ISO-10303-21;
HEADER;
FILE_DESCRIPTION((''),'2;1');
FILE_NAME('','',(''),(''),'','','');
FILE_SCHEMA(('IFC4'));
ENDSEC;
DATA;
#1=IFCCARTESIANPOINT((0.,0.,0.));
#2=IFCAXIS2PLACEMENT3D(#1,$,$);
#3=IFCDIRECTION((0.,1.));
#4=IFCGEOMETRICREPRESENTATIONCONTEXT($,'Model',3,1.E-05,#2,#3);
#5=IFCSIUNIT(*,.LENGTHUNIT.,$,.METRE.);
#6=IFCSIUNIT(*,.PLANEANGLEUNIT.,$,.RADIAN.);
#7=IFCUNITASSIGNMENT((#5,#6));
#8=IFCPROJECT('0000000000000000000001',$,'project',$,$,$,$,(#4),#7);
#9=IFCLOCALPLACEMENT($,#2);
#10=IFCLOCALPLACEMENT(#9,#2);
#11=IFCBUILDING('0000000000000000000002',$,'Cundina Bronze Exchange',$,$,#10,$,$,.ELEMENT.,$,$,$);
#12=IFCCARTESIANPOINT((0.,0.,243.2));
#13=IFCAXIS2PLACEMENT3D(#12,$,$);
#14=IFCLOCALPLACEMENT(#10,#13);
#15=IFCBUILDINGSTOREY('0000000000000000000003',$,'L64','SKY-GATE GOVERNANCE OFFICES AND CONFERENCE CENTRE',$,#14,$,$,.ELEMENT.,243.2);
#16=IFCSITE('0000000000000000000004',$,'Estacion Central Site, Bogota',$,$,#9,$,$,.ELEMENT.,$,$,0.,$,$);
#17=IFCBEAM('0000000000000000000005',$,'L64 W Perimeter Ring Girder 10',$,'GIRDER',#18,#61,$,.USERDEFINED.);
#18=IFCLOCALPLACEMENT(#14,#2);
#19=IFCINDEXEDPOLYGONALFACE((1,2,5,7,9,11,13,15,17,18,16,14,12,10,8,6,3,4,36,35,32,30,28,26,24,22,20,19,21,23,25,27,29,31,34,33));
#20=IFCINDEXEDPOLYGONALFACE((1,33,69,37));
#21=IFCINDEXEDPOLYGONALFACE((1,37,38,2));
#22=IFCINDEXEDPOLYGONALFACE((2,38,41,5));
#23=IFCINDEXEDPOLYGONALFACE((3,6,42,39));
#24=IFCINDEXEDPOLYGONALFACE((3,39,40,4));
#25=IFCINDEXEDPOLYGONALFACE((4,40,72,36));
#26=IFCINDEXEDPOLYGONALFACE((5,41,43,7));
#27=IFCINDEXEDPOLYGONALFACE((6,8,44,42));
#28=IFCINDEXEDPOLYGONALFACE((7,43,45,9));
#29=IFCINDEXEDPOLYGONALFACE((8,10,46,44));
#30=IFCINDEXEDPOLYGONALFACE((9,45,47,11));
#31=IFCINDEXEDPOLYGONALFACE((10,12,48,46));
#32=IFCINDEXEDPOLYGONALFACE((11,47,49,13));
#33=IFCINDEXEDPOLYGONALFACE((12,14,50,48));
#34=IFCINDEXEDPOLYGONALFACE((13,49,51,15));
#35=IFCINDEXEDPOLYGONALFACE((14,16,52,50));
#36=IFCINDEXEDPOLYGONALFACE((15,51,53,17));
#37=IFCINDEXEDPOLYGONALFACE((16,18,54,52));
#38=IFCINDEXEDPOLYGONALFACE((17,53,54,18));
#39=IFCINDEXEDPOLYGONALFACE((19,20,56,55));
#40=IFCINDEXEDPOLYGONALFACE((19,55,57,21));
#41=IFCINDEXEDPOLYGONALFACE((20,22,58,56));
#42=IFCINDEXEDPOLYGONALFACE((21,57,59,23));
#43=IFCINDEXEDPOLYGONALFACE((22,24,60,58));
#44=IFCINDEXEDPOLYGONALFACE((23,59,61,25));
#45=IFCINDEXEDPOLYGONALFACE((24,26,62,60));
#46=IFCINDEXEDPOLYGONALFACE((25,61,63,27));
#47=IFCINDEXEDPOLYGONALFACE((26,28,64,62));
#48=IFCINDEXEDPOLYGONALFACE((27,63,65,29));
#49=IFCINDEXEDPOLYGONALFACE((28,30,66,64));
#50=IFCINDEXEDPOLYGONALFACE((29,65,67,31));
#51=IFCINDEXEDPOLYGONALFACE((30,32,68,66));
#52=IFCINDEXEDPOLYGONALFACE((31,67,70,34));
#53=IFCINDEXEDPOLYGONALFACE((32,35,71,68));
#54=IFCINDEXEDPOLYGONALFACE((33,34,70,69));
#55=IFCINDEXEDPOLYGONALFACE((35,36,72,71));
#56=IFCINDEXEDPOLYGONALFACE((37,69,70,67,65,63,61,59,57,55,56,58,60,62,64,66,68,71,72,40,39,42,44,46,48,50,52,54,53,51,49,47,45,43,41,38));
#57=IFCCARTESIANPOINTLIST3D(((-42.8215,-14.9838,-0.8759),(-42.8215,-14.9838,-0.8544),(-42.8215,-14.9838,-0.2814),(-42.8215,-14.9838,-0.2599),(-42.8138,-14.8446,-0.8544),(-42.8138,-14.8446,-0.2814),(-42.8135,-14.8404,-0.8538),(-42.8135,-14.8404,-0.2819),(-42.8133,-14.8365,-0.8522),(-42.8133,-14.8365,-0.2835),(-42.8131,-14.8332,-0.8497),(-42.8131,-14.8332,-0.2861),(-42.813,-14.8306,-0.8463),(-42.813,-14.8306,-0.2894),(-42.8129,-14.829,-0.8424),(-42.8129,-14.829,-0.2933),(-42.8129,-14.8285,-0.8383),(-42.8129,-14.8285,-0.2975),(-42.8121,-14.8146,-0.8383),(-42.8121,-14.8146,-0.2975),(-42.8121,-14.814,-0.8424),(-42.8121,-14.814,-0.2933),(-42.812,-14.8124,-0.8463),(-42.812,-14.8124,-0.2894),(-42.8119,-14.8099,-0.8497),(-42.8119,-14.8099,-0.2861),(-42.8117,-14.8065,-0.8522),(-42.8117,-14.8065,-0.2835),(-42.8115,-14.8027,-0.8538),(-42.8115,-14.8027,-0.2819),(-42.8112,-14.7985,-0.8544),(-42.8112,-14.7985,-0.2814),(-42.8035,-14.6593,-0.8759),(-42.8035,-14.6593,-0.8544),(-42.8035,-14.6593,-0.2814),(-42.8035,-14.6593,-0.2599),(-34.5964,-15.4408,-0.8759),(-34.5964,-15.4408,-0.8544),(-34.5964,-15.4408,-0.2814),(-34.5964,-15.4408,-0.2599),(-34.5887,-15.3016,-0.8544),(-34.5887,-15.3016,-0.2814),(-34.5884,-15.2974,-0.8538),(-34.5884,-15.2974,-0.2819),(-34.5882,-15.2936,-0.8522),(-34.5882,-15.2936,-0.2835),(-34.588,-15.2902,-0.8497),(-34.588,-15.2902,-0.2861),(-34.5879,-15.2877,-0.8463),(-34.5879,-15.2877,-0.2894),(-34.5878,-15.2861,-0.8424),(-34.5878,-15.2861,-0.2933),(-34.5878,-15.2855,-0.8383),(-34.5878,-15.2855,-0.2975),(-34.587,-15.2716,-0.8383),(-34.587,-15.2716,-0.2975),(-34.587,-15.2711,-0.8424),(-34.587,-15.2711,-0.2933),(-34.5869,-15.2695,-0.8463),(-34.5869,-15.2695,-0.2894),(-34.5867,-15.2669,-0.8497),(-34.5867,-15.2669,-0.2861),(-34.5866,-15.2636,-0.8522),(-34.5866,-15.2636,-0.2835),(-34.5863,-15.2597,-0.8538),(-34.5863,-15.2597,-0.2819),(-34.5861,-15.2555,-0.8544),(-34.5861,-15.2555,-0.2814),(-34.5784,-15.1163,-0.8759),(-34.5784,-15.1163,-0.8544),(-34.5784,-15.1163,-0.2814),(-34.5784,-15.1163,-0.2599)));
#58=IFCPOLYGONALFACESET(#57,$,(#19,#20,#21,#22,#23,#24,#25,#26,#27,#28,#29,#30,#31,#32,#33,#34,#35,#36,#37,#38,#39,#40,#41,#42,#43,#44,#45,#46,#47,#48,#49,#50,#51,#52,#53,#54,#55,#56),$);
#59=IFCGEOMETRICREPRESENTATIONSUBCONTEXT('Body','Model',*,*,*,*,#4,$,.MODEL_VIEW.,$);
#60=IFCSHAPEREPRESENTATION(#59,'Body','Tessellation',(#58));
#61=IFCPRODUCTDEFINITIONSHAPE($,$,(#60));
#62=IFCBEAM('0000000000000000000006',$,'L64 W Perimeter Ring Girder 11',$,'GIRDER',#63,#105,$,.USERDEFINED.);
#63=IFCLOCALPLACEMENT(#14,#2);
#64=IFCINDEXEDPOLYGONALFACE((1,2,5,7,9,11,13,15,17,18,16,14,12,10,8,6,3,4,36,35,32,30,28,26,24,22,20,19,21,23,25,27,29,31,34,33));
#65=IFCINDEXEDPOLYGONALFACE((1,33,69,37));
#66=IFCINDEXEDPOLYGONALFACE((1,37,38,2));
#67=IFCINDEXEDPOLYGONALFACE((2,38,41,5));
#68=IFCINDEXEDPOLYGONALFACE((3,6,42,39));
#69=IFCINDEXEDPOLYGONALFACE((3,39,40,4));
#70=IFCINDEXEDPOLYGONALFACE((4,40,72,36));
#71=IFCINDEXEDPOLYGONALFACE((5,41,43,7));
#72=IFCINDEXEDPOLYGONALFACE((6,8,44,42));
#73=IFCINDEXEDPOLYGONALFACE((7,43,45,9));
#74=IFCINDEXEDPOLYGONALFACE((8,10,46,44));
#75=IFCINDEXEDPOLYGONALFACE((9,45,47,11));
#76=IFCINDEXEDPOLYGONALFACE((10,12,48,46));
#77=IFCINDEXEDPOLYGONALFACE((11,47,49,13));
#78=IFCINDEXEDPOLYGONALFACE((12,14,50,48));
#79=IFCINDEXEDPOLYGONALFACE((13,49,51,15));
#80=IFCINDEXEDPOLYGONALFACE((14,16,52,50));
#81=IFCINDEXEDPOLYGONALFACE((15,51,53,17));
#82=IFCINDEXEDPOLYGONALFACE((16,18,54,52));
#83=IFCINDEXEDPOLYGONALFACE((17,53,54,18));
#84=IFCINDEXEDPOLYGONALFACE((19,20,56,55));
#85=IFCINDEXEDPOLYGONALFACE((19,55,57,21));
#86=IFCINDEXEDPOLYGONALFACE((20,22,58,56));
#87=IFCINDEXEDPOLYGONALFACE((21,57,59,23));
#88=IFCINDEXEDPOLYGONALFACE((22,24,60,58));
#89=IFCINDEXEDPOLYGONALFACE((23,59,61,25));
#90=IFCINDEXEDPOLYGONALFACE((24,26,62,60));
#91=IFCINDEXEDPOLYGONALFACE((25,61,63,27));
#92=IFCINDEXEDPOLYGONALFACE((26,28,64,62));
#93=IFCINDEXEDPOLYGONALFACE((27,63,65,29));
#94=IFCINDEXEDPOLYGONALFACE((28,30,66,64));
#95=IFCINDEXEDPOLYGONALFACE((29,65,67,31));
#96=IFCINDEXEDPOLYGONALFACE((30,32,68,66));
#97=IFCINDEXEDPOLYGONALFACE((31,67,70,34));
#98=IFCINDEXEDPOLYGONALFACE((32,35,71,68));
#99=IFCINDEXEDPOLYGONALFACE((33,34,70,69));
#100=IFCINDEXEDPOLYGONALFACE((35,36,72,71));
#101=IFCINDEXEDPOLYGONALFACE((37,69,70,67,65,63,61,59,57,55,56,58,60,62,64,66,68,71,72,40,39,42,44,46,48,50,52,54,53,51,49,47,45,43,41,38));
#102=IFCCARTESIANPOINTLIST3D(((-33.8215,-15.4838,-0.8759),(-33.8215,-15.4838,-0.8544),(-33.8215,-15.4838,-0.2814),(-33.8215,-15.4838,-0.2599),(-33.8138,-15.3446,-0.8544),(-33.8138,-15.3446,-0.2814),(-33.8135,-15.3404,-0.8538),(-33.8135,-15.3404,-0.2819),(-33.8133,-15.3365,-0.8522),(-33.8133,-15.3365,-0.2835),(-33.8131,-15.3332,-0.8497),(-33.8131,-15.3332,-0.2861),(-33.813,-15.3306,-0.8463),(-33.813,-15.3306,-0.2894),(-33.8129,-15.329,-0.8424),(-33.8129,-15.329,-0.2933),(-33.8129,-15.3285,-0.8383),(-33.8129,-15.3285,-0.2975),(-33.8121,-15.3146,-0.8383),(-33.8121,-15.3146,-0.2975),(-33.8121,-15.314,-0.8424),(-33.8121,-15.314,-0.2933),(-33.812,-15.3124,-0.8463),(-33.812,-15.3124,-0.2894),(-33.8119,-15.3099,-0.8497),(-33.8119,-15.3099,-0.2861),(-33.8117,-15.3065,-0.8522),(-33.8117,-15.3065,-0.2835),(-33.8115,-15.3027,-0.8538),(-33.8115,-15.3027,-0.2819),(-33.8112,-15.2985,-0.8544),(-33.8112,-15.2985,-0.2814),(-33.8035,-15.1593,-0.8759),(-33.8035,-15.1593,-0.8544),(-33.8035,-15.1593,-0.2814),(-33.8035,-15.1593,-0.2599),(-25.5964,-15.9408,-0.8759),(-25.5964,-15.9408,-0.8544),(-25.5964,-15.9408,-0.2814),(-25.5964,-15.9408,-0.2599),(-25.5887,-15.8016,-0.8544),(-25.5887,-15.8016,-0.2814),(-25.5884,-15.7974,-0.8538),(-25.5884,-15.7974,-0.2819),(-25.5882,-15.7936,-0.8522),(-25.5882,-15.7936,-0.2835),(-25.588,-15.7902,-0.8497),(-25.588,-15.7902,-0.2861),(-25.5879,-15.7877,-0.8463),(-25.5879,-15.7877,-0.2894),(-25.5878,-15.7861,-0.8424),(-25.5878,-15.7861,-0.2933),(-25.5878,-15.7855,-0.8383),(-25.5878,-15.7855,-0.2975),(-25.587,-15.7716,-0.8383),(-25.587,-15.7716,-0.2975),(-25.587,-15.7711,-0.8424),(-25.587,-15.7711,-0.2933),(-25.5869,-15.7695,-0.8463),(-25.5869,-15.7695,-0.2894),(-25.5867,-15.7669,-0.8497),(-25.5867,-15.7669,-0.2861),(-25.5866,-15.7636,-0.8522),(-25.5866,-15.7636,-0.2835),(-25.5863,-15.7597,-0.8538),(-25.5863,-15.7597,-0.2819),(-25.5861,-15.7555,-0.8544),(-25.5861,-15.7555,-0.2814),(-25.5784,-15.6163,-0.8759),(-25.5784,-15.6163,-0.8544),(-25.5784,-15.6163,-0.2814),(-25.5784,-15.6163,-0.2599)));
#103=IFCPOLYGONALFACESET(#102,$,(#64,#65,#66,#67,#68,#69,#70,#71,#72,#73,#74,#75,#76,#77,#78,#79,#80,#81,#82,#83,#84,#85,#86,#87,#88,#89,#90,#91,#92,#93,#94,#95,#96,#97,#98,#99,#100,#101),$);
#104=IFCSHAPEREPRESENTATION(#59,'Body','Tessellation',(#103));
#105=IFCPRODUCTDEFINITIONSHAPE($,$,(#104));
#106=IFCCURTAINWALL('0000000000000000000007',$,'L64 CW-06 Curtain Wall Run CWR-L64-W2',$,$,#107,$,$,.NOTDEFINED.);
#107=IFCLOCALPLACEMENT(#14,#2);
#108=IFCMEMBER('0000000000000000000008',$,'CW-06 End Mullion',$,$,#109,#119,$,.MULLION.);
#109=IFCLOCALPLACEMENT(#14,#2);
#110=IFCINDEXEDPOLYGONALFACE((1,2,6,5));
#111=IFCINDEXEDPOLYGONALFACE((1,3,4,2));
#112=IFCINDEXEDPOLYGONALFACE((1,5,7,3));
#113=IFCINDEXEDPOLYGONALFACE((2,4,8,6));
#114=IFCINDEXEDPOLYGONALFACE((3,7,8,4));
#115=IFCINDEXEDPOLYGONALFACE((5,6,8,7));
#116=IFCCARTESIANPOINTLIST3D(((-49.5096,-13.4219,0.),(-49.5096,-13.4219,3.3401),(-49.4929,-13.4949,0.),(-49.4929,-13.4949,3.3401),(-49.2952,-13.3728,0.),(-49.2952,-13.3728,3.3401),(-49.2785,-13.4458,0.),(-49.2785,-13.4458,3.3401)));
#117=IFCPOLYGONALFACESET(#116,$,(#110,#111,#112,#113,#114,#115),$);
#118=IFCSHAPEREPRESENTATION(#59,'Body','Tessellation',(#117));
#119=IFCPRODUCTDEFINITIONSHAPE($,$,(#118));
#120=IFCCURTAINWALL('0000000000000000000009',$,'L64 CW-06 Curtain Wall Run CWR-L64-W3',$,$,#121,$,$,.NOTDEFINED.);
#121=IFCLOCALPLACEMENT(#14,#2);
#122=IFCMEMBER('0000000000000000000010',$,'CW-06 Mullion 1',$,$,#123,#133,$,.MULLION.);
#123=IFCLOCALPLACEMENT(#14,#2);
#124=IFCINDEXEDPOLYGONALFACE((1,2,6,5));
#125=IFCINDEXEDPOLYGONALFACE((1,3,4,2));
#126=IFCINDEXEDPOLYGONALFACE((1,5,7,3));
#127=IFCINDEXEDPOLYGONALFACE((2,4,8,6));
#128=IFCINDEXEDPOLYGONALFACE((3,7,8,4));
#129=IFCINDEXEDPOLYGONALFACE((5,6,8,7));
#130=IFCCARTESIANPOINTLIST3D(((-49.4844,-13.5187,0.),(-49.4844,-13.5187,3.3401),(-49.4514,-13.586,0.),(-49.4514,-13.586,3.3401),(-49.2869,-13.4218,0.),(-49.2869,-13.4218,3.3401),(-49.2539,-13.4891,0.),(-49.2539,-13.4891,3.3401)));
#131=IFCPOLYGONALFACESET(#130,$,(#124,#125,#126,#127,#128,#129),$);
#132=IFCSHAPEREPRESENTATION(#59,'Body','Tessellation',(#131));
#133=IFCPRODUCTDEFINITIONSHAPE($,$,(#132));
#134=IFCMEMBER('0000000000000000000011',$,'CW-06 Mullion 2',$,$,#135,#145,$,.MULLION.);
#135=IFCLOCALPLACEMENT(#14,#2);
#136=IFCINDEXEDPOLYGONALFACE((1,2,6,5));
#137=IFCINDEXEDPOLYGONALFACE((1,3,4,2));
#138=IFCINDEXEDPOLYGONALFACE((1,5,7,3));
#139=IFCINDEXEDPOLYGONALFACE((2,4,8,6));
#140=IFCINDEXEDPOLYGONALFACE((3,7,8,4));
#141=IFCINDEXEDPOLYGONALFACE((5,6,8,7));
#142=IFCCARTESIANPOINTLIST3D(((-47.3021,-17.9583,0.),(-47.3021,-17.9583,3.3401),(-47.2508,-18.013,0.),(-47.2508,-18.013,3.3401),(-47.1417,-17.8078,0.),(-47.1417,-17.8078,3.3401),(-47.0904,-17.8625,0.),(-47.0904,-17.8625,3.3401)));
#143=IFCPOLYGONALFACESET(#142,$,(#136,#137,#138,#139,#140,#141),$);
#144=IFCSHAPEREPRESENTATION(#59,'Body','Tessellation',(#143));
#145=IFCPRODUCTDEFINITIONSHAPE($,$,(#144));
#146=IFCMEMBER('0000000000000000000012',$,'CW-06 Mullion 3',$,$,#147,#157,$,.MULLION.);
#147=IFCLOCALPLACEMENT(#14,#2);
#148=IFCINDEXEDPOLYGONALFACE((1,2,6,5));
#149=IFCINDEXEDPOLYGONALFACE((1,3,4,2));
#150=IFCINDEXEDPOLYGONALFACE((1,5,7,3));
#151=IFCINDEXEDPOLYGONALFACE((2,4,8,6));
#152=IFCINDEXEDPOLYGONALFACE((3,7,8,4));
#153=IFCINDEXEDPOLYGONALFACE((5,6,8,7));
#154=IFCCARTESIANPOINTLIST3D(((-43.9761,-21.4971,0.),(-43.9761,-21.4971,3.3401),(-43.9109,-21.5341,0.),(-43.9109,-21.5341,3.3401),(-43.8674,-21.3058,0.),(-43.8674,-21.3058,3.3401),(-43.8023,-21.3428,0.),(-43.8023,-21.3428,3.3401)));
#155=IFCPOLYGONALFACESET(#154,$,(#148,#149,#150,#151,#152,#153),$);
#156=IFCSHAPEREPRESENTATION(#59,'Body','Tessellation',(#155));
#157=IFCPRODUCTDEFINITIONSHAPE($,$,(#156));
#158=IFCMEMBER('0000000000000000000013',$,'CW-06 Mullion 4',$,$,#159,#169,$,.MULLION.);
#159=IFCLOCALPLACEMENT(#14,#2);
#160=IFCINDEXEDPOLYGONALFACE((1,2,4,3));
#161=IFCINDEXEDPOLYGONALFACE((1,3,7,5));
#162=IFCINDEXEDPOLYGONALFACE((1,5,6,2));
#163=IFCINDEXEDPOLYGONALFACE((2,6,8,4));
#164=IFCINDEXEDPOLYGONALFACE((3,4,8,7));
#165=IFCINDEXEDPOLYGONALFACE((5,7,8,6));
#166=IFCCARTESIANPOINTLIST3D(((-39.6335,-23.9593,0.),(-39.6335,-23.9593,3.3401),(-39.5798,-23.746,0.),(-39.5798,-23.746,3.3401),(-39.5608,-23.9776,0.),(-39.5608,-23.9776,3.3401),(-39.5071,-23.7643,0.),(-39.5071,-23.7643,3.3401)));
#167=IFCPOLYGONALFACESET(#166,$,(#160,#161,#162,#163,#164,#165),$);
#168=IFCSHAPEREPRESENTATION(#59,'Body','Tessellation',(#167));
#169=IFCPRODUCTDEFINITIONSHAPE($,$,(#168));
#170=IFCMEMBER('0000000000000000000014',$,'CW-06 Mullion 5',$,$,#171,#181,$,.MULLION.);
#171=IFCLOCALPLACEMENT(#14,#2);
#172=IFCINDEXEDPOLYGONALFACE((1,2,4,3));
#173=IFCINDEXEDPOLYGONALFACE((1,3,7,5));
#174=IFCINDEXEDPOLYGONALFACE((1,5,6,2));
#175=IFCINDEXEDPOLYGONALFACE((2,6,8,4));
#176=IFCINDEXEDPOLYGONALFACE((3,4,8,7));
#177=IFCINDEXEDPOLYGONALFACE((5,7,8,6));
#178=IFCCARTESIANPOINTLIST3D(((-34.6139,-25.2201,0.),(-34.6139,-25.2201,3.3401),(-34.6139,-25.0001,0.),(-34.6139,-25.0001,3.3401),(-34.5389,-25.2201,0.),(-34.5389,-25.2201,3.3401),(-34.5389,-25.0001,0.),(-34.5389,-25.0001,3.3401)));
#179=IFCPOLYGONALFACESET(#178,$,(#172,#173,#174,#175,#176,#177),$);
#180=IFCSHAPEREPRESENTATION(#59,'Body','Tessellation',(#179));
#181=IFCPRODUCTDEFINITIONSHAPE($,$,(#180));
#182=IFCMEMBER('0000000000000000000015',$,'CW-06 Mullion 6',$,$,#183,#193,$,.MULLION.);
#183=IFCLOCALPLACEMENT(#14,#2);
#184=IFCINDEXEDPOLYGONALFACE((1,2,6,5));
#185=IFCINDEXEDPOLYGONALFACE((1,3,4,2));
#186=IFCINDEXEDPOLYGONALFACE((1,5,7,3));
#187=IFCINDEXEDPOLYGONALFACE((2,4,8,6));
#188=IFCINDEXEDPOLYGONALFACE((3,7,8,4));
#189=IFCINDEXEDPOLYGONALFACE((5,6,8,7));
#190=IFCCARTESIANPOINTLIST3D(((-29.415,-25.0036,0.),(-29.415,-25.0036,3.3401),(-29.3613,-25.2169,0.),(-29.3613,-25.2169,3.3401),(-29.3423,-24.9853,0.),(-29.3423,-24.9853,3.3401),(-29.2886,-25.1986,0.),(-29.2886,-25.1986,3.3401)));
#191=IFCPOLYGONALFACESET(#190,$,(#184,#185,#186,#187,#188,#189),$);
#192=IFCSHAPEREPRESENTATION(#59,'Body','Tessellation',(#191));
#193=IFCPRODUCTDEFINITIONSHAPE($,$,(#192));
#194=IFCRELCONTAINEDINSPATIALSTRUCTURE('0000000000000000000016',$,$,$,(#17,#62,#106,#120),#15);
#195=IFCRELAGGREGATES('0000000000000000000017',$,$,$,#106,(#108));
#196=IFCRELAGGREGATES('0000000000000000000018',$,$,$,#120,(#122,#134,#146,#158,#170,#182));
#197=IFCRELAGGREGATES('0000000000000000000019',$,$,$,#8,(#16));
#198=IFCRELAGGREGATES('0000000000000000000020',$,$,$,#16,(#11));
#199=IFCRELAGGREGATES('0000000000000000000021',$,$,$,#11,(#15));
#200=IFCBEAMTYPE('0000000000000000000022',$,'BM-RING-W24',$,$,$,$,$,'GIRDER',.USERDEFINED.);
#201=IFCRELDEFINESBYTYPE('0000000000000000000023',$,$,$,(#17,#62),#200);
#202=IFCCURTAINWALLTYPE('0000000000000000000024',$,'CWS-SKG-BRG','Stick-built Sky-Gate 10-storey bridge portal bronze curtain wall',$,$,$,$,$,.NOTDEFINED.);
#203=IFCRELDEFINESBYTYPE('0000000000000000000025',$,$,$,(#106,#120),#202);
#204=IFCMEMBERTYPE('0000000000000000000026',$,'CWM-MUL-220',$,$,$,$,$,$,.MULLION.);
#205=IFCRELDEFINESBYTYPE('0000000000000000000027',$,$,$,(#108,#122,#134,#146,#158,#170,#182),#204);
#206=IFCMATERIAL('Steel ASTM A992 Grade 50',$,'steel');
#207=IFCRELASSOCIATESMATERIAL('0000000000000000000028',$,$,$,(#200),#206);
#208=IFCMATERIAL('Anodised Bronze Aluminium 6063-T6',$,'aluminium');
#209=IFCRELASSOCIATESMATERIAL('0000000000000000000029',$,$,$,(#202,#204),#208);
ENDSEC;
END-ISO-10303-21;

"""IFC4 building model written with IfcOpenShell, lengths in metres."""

from ifc_helpers import new_model, si_unit, direction, frame, origin, origin_2d, place, context, subcontext, project, spatial, rectangle, i_section, extrude, material, material_profile, profile_set, type_object, element, aggregate, save


model = new_model("IFC4")

# Units and contexts
model_context = context("Model", 3, precision=1e-05, world=origin(), true_north=direction((0.0, 1.0)))
body_context = subcontext(model_context, "Body", "Model", "MODEL_VIEW")
ifc_project = project(units=[si_unit("LENGTHUNIT", "METRE"), si_unit("PLANEANGLEUNIT", "RADIAN")], contexts=[model_context])

# Site, building, storey
site_placement = place(None, origin())
site = spatial("IfcSite", under=ifc_project, at=site_placement, Name="Estacion Central Site, Bogota", CompositionType="ELEMENT", RefElevation=0.0)
building_placement = place(site_placement, origin())
building = spatial("IfcBuilding", under=site, at=building_placement, Name="Cundina Bronze Exchange", CompositionType="ELEMENT")
storey_placement = place(building_placement, frame((0.0, 0.0, 243.2)))
storey = spatial("IfcBuildingStorey", under=building, at=storey_placement, Name="L64", Description="SKY-GATE GOVERNANCE OFFICES AND CONFERENCE CENTRE", CompositionType="ELEMENT", Elevation=243.2)

# Beams
ifc_material_1 = material(Name="Steel ASTM A992 Grade 50", Category="steel")
ifc_material_profile_1 = material_profile(ifc_material_1, i_section(OverallWidth=0.325, OverallDepth=0.616, WebThickness=0.0139, FlangeThickness=0.0215, FilletRadius=0.0161, at=origin_2d()), Name="W24X117", Category="steel")
ifc_profile_set_1 = profile_set([ifc_material_profile_1], Name="Steel ASTM A992 Grade 50")
beam_type_1 = type_object("IfcBeamType", Name="BM-RING-W24", ElementType="GIRDER", PredefinedType="USERDEFINED", material=ifc_profile_set_1)
for number, where, z_axis, x_axis, name in (
    (1, (-42.8125, -14.8215, -0.5679), (0.99846, -0.05548, 0.0), (0.05548, 0.99846, 0.0), "L64 W Perimeter Ring Girder 10"),
    (2, (-33.8125, -15.3215, -0.5679), (0.99846, -0.05548, 0.0), (0.05548, 0.99846, 0.0), "L64 W Perimeter Ring Girder 11"),
):
    element("IfcBeam", number, at=place(storey_placement, frame(where, z_axis=z_axis, x_axis=x_axis)), inside=storey, type_object=beam_type_1, Name=name, ObjectType="GIRDER", PredefinedType="USERDEFINED", context=body_context, shape_type="SweptSolid", body=[
        extrude(i_section(OverallWidth=0.325, OverallDepth=0.616, WebThickness=0.0139, FlangeThickness=0.0215, FilletRadius=0.0161, at=origin_2d()), origin(), (0.0, 0.0, 1.0), 8.2378),
    ])

# Curtain wall, member
ifc_material_2 = material(Name="Anodised Bronze Aluminium 6063-T6", Category="aluminium")
curtain_wall_type = type_object("IfcCurtainWallType", Name="CWS-SKG-BRG", Description="Stick-built Sky-Gate 10-storey bridge portal bronze curtain wall", PredefinedType="NOTDEFINED", material=ifc_material_2)
curtain_wall_1_placement = place(storey_placement, origin())
curtain_wall_1 = element("IfcCurtainWall", 3, at=curtain_wall_1_placement, inside=storey, type_object=curtain_wall_type, Name="L64 CW-06 Curtain Wall Run CWR-L64-W2", PredefinedType="NOTDEFINED")
ifc_material_profile_2 = material_profile(ifc_material_2, rectangle(XDim=0.075, YDim=0.22, at=origin_2d()), Name="AL75X220", Category="aluminium")
ifc_profile_set_2 = profile_set([ifc_material_profile_2], Name="Anodised Bronze Aluminium 6063-T6")
member_type_1 = type_object("IfcMemberType", Name="CWM-MUL-220", PredefinedType="MULLION", material=ifc_profile_set_2)
member_1_placement = place(storey_placement, frame((-49.394, -13.4338, 0.0), z_axis=(0.0, 0.0, 1.0), x_axis=(0.22325, -0.974761, 0.0)))
member_1 = element("IfcMember", 4, at=member_1_placement, type_object=member_type_1, Name="CW-06 End Mullion", PredefinedType="MULLION", context=body_context, shape_type="SweptSolid", body=[
    extrude(rectangle(XDim=0.075, YDim=0.22, at=origin_2d()), origin(), (0.0, 0.0, 1.0), 3.3401),
])

# Curtain wall, members
curtain_wall_2_placement = place(storey_placement, origin())
curtain_wall_2 = element("IfcCurtainWall", 5, at=curtain_wall_2_placement, inside=storey, type_object=curtain_wall_type, Name="L64 CW-06 Curtain Wall Run CWR-L64-W3", PredefinedType="NOTDEFINED")
member_2_placement = place(storey_placement, frame((-49.3691, -13.5039, 0.0), z_axis=(0.0, 0.0, 1.0), x_axis=(0.440566, -0.89772, 0.0)))
member_2 = element("IfcMember", 6, at=member_2_placement, type_object=member_type_1, Name="CW-06 Mullion 1", PredefinedType="MULLION", context=body_context, shape_type="SweptSolid", body=[
    extrude(rectangle(XDim=0.075, YDim=0.22, at=origin_2d()), origin(), (0.0, 0.0, 1.0), 3.3401),
])
member_3_placement = place(storey_placement, frame((-47.1963, -17.9104, 0.0), z_axis=(0.0, 0.0, 1.0), x_axis=(0.684293, -0.729208, 0.0)))
member_3 = element("IfcMember", 7, at=member_3_placement, type_object=member_type_1, Name="CW-06 Mullion 2", PredefinedType="MULLION", context=body_context, shape_type="SweptSolid", body=[
    extrude(rectangle(XDim=0.075, YDim=0.22, at=origin_2d()), origin(), (0.0, 0.0, 1.0), 3.3401),
])
member_4_placement = place(storey_placement, frame((-43.8892, -21.4199, 0.0), z_axis=(0.0, 0.0, 1.0), x_axis=(0.869581, -0.49379, 0.0)))
member_4 = element("IfcMember", 8, at=member_4_placement, type_object=member_type_1, Name="CW-06 Mullion 3", PredefinedType="MULLION", context=body_context, shape_type="SweptSolid", body=[
    extrude(rectangle(XDim=0.075, YDim=0.22, at=origin_2d()), origin(), (0.0, 0.0, 1.0), 3.3401),
])
member_5_placement = place(storey_placement, frame((-39.5703, -23.8618, 0.0), z_axis=(0.0, 0.0, 1.0), x_axis=(0.969744, -0.244123, 0.0)))
member_5 = element("IfcMember", 9, at=member_5_placement, type_object=member_type_1, Name="CW-06 Mullion 4", PredefinedType="MULLION", context=body_context, shape_type="SweptSolid", body=[
    extrude(rectangle(XDim=0.075, YDim=0.22, at=origin_2d()), origin(), (0.0, 0.0, 1.0), 3.3401),
])
member_6_placement = place(storey_placement, frame((-34.5764, -25.1101, 0.0), z_axis=(0.0, 0.0, 1.0), x_axis=(1.0, 0.0, 0.0)))
member_6 = element("IfcMember", 10, at=member_6_placement, type_object=member_type_1, Name="CW-06 Mullion 5", PredefinedType="MULLION", context=body_context, shape_type="SweptSolid", body=[
    extrude(rectangle(XDim=0.075, YDim=0.22, at=origin_2d()), origin(), (0.0, 0.0, 1.0), 3.3401),
])
member_7_placement = place(storey_placement, frame((-29.3518, -25.1011, 0.0), z_axis=(0.0, 0.0, 1.0), x_axis=(0.969744, 0.244123, 0.0)))
member_7 = element("IfcMember", 11, at=member_7_placement, type_object=member_type_1, Name="CW-06 Mullion 6", PredefinedType="MULLION", context=body_context, shape_type="SweptSolid", body=[
    extrude(rectangle(XDim=0.075, YDim=0.22, at=origin_2d()), origin(), (0.0, 0.0, 1.0), 3.3401),
])

aggregate(curtain_wall_1, [member_1])
aggregate(curtain_wall_2, [member_2, member_3, member_4, member_5, member_6, member_7])

save(model, "model.ifc")
